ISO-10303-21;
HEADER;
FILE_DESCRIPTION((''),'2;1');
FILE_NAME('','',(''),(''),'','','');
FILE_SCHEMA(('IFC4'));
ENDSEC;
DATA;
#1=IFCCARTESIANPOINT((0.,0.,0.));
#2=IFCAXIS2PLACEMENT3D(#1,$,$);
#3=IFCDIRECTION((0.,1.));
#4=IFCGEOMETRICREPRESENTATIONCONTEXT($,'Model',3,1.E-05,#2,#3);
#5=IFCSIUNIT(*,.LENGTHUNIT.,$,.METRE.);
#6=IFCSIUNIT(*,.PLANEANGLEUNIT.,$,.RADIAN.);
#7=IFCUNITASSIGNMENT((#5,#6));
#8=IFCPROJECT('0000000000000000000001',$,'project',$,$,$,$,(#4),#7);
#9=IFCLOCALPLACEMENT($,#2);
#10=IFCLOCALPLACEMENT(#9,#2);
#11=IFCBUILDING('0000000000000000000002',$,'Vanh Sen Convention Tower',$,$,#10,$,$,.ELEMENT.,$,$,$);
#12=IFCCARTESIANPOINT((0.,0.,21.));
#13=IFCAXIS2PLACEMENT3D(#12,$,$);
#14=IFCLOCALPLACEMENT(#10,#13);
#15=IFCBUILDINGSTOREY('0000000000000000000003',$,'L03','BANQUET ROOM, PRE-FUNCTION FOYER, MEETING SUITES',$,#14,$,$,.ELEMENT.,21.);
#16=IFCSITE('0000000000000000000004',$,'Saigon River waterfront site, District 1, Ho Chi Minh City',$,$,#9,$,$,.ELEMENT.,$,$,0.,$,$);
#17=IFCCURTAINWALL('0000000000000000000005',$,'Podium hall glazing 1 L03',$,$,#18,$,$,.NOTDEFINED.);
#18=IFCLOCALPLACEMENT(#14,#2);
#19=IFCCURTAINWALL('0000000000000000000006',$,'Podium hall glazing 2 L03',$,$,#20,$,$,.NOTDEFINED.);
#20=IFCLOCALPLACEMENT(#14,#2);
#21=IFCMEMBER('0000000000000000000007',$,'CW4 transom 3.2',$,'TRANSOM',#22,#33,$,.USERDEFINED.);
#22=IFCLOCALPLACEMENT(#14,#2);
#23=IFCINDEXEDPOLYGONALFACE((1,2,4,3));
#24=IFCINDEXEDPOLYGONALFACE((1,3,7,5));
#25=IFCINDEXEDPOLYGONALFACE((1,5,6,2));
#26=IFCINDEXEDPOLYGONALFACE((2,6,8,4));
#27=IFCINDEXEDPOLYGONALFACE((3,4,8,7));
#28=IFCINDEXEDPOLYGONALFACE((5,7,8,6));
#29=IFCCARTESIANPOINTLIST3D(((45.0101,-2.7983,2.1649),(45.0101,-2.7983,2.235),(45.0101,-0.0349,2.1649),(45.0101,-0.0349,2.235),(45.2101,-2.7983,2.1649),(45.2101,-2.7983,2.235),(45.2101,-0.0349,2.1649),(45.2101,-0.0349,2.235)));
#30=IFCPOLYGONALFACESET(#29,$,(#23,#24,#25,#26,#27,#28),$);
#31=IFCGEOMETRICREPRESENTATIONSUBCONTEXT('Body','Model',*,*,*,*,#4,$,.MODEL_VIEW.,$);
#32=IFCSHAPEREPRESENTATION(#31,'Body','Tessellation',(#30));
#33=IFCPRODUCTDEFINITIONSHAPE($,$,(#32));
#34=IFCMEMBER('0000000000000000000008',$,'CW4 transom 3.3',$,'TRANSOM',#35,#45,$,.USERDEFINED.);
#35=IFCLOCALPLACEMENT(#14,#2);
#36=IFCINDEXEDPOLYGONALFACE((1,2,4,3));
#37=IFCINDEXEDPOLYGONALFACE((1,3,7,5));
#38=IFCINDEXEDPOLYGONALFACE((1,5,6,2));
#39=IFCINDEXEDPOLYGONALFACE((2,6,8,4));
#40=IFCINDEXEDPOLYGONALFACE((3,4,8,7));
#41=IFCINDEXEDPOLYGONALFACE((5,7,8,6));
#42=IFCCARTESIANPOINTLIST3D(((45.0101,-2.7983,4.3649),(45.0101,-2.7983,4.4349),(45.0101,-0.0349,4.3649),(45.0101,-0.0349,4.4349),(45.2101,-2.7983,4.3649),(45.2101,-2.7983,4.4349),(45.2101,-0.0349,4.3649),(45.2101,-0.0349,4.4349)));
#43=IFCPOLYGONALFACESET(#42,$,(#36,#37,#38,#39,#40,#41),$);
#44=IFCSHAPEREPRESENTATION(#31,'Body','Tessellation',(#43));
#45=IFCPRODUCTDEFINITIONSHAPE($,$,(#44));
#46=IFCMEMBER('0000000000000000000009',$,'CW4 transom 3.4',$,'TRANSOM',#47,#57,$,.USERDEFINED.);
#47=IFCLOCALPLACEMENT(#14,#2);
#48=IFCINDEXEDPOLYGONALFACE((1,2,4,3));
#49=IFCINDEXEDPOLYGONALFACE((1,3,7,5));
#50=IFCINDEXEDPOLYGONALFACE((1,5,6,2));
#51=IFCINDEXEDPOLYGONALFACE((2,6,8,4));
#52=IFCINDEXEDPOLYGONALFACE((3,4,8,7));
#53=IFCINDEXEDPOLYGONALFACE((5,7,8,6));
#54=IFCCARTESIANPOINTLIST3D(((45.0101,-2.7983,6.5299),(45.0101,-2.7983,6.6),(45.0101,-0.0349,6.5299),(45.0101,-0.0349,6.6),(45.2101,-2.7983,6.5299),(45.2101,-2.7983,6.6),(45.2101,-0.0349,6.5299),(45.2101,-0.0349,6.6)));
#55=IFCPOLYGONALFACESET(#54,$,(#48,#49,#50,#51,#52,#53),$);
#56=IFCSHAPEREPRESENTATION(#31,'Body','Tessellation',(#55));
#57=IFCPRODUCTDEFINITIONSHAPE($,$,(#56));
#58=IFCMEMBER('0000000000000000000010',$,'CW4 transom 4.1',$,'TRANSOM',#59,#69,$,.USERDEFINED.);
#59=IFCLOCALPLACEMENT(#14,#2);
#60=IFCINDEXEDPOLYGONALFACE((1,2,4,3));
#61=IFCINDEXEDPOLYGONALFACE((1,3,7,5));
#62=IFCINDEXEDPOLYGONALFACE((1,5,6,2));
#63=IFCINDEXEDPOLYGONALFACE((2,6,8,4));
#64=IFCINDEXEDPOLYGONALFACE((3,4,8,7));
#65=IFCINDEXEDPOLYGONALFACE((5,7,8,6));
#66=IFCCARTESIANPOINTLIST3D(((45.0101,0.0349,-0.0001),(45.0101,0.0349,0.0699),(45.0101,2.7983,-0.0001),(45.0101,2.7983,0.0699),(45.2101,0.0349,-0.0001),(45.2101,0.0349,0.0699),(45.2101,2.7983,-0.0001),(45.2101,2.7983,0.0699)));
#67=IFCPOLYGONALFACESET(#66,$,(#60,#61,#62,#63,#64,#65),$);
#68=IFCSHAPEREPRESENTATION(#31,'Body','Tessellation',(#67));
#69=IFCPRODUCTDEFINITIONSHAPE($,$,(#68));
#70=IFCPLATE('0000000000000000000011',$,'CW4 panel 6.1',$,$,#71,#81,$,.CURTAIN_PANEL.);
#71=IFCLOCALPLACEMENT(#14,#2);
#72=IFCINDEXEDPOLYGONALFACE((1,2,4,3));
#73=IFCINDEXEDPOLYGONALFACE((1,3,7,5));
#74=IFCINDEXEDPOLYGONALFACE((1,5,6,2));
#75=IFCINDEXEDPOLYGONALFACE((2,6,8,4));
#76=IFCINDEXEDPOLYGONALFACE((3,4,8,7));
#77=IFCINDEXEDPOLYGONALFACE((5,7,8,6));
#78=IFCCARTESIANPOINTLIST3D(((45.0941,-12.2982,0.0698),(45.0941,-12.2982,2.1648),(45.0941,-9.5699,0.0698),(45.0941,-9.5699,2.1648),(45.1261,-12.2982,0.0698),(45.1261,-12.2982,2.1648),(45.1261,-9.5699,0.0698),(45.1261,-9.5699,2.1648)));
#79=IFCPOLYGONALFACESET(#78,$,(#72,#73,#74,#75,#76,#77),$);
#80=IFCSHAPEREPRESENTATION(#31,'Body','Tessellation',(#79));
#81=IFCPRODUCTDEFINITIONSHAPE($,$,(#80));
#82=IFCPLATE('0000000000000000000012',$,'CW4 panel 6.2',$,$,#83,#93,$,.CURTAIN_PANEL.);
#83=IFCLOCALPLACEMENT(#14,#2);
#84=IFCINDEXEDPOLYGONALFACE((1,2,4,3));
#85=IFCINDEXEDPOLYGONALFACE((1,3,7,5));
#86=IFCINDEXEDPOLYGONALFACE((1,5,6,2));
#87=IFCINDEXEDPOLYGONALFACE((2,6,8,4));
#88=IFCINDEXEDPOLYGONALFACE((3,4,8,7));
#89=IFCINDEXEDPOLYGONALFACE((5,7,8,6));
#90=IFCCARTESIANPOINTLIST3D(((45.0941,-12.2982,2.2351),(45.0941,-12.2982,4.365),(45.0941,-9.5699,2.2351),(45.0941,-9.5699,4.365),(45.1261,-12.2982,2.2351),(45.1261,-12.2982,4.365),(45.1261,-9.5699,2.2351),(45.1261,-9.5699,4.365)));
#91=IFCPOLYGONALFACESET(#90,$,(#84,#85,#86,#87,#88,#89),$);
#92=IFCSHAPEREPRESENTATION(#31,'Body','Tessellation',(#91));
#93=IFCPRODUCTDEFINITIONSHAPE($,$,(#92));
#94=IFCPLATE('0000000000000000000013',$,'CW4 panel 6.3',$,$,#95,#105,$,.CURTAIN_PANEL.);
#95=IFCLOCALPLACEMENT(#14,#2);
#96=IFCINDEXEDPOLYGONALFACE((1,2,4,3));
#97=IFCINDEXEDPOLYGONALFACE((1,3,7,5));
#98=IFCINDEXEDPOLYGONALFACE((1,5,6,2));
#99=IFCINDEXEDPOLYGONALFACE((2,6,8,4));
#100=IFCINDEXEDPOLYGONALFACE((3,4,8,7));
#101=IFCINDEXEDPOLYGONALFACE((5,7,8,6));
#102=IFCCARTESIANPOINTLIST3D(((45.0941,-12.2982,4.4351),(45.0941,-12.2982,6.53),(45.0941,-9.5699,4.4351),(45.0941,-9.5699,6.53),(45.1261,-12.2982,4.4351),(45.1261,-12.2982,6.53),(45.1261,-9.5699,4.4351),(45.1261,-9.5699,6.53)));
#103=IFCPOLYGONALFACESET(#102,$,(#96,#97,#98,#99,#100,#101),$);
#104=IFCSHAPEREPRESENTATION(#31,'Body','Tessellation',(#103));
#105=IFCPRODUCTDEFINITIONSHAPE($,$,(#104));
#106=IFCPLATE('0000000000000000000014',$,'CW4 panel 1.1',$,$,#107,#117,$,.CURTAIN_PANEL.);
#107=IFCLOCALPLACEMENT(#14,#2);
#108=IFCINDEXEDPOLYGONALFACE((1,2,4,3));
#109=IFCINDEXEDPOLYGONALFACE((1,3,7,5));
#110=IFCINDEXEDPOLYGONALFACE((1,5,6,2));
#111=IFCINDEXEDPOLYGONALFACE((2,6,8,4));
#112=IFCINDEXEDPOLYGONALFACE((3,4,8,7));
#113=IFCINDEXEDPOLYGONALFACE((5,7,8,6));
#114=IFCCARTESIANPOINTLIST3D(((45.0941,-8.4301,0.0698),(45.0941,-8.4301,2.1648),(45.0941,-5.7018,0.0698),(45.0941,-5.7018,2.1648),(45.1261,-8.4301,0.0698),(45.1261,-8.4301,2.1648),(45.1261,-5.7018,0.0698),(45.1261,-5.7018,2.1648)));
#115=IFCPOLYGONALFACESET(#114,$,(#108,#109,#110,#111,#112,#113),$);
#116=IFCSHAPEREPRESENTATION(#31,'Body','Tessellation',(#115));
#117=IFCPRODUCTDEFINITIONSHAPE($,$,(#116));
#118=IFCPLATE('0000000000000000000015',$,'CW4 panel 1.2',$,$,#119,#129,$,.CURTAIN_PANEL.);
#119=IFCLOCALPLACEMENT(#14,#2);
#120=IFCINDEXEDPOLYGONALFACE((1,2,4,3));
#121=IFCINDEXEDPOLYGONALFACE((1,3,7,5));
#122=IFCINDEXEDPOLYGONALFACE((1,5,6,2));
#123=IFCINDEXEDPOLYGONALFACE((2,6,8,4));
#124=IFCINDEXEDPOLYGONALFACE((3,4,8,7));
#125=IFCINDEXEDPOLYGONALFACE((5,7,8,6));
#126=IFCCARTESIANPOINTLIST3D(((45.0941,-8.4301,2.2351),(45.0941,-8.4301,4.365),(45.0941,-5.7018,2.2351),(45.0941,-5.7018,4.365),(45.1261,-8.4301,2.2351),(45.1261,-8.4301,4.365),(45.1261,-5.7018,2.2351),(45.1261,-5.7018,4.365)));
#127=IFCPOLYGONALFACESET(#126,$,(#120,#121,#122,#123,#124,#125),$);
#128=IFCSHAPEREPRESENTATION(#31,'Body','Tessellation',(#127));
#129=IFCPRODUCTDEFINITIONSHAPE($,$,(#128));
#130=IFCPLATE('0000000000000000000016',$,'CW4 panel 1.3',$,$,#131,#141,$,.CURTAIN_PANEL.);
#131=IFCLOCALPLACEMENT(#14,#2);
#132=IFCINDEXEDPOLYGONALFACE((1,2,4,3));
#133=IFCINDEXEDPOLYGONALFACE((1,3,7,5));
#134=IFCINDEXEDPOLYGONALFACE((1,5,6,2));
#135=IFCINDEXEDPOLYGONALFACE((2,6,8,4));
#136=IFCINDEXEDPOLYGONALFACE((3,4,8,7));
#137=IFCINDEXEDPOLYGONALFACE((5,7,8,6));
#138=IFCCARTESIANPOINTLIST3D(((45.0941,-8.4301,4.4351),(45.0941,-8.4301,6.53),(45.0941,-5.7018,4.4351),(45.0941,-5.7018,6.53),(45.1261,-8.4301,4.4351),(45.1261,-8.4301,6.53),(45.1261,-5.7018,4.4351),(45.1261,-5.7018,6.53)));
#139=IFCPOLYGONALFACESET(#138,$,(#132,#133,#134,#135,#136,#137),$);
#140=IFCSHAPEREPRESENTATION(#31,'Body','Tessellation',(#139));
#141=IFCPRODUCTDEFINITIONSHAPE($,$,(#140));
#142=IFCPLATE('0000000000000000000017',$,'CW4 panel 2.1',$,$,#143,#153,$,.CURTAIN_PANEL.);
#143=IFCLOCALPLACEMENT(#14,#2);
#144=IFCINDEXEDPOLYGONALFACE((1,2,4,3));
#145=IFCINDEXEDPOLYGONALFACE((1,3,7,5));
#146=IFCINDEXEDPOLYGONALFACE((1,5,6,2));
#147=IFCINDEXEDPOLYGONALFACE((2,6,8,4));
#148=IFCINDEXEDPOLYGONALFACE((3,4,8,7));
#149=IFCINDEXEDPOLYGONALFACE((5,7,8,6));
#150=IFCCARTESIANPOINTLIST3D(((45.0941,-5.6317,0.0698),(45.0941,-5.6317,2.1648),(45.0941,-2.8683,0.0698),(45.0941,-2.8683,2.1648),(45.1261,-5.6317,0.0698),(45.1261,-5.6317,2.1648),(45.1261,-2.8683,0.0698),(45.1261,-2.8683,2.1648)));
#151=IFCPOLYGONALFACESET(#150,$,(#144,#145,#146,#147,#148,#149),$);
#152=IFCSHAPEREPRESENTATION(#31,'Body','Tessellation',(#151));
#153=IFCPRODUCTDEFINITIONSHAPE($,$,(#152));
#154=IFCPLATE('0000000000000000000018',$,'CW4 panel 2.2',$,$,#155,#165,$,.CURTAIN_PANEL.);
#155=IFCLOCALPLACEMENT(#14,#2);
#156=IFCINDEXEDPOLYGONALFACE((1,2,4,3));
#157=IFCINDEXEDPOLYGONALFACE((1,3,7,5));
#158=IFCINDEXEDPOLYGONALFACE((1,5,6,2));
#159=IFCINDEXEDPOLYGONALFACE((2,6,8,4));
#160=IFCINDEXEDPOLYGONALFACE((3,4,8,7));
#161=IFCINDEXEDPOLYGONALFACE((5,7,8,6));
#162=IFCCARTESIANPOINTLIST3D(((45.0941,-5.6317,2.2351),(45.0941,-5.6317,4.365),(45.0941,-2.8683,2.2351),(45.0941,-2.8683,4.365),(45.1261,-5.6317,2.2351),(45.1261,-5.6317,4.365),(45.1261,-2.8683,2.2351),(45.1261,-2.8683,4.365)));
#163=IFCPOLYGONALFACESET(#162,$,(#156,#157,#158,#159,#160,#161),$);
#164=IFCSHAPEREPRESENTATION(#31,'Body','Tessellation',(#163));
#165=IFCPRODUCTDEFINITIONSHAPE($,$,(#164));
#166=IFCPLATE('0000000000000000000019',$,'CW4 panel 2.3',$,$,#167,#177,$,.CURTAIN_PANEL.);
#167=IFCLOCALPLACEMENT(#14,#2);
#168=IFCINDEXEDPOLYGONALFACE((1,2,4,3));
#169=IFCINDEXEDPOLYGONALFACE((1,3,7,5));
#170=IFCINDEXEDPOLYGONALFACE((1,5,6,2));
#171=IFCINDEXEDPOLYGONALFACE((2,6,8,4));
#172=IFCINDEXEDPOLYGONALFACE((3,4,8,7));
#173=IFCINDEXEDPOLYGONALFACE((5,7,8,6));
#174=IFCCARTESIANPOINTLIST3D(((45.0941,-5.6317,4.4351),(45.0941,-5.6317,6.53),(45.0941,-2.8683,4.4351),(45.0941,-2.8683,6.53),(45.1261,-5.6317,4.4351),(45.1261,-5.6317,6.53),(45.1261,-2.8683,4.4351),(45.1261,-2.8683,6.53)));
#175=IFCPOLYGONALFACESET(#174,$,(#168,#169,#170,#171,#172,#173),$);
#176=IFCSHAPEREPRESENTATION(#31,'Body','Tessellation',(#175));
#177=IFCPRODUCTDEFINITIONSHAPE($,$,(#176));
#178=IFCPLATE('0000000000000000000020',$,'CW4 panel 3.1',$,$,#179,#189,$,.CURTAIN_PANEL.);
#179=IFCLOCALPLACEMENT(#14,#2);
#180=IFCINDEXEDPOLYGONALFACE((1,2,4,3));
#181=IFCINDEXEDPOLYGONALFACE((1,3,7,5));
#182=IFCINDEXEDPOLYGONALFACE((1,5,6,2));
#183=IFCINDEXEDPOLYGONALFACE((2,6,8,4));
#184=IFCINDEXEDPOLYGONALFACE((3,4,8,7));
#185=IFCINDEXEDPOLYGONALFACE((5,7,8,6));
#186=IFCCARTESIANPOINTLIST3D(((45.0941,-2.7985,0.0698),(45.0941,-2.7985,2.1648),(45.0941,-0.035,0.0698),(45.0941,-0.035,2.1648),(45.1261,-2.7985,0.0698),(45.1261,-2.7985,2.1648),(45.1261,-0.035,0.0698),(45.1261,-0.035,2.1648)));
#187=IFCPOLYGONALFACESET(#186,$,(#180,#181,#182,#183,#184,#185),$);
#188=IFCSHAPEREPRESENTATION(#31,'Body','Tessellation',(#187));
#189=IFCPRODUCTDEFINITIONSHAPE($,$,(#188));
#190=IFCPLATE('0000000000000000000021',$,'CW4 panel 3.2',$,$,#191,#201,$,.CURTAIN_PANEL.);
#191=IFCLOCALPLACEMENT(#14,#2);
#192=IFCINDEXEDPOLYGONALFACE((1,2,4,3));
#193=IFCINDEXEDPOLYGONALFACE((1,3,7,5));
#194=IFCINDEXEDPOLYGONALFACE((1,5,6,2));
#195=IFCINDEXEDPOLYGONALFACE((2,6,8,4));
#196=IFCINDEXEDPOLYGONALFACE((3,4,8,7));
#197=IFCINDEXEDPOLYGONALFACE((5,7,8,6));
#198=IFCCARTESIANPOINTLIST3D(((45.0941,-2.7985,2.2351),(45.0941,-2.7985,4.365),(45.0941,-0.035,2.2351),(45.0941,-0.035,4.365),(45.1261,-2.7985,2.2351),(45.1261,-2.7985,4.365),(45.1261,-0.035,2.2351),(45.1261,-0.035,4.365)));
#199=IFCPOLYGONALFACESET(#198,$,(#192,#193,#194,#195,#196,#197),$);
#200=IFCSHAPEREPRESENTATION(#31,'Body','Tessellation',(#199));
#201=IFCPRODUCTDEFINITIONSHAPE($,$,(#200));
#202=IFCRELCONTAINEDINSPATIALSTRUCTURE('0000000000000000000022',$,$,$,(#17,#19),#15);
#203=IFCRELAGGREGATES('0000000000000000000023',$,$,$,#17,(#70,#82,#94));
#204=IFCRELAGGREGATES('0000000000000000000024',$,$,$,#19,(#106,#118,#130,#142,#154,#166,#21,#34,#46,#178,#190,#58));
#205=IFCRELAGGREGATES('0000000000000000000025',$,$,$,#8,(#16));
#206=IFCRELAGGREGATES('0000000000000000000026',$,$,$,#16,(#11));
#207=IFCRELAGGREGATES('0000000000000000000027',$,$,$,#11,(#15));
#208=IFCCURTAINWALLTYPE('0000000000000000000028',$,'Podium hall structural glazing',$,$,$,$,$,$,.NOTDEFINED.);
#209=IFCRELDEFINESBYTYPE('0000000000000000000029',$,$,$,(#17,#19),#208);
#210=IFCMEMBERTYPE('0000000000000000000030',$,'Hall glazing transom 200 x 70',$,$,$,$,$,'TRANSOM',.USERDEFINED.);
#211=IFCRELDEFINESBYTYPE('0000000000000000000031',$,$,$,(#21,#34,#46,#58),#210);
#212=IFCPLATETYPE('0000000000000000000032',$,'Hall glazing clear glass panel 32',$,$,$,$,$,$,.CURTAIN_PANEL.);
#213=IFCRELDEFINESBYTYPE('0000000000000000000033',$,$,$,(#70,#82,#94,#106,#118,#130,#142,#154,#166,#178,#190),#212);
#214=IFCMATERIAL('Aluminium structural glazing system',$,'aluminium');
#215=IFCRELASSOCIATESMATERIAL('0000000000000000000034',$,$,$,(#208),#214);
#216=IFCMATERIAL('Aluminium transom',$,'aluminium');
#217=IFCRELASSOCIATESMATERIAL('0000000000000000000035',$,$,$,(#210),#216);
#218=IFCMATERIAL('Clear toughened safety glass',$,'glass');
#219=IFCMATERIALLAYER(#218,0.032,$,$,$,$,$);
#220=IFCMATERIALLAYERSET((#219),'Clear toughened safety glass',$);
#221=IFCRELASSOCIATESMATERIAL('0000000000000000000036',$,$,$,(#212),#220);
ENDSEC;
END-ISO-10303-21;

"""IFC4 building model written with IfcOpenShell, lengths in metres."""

from ifc_helpers import new_model, si_unit, direction, frame, origin, origin_2d, place, context, subcontext, project, spatial, rectangle, extrude, material, layer, layer_set, material_profile, profile_set, type_object, element, aggregate, save


model = new_model("IFC4")

# Units and contexts
model_context = context("Model", 3, precision=1e-05, world=origin(), true_north=direction((0.0, 1.0)))
body_context = subcontext(model_context, "Body", "Model", "MODEL_VIEW")
ifc_project = project(units=[si_unit("LENGTHUNIT", "METRE"), si_unit("PLANEANGLEUNIT", "RADIAN")], contexts=[model_context])

# Site, building, storey
site_placement = place(None, origin())
site = spatial("IfcSite", under=ifc_project, at=site_placement, Name="Saigon River waterfront site, District 1, Ho Chi Minh City", CompositionType="ELEMENT", RefElevation=0.0)
building_placement = place(site_placement, origin())
building = spatial("IfcBuilding", under=site, at=building_placement, Name="Vanh Sen Convention Tower", CompositionType="ELEMENT")
storey_placement = place(building_placement, frame((0.0, 0.0, 21.0)))
storey = spatial("IfcBuildingStorey", under=building, at=storey_placement, Name="L03", Description="BANQUET ROOM, PRE-FUNCTION FOYER, MEETING SUITES", CompositionType="ELEMENT", Elevation=21.0)

# Curtain wall
ifc_material_1 = material(Name="Aluminium structural glazing system", Category="aluminium")
curtain_wall_type = type_object("IfcCurtainWallType", Name="Podium hall structural glazing", PredefinedType="NOTDEFINED", material=ifc_material_1)
curtain_wall_1_placement = place(storey_placement, origin())
curtain_wall_1 = element("IfcCurtainWall", 1, at=curtain_wall_1_placement, inside=storey, type_object=curtain_wall_type, Name="Podium hall glazing 1 L03", PredefinedType="NOTDEFINED")

# Curtain wall
curtain_wall_2_placement = place(storey_placement, origin())
curtain_wall_2 = element("IfcCurtainWall", 2, at=curtain_wall_2_placement, inside=storey, type_object=curtain_wall_type, Name="Podium hall glazing 2 L03", PredefinedType="NOTDEFINED")

# Members
ifc_material_2 = material(Name="Aluminium transom", Category="aluminium")
ifc_material_profile_1 = material_profile(ifc_material_2, rectangle(XDim=0.2, YDim=0.0701, at=origin_2d()), Name="Hall glazing transom 200 x 70")
ifc_profile_set_1 = profile_set([ifc_material_profile_1], Name="Aluminium transom")
member_type_1 = type_object("IfcMemberType", Name="Hall glazing transom 200 x 70", ElementType="TRANSOM", PredefinedType="USERDEFINED", material=ifc_profile_set_1)
member_1_placement = place(storey_placement, frame((45.1101, -2.7983, 2.2), z_axis=(0.0, 1.0, 0.0), x_axis=(-1.0, 0.0, 0.0)))
member_1 = element("IfcMember", 3, at=member_1_placement, type_object=member_type_1, Name="CW4 transom 3.2", ObjectType="TRANSOM", PredefinedType="USERDEFINED", context=body_context, shape_type="SweptSolid", body=[
    extrude(rectangle(XDim=0.2, YDim=0.0701, at=origin_2d()), origin(), (0.0, 0.0, 1.0), 2.7634),
])
member_2_placement = place(storey_placement, frame((45.1101, -2.7983, 4.3999), z_axis=(0.0, 1.0, 0.0), x_axis=(-1.0, 0.0, 0.0)))
member_2 = element("IfcMember", 4, at=member_2_placement, type_object=member_type_1, Name="CW4 transom 3.3", ObjectType="TRANSOM", PredefinedType="USERDEFINED", context=body_context, shape_type="SweptSolid", body=[
    extrude(rectangle(XDim=0.2, YDim=0.0701, at=origin_2d()), origin(), (0.0, 0.0, 1.0), 2.7634),
])
member_3_placement = place(storey_placement, frame((45.1101, -2.7983, 6.5649), z_axis=(0.0, 1.0, 0.0), x_axis=(-1.0, 0.0, 0.0)))
member_3 = element("IfcMember", 5, at=member_3_placement, type_object=member_type_1, Name="CW4 transom 3.4", ObjectType="TRANSOM", PredefinedType="USERDEFINED", context=body_context, shape_type="SweptSolid", body=[
    extrude(rectangle(XDim=0.2, YDim=0.0701, at=origin_2d()), origin(), (0.0, 0.0, 1.0), 2.7634),
])
member_4_placement = place(storey_placement, frame((45.1101, 0.0349, 0.0349), z_axis=(0.0, 1.0, 0.0), x_axis=(-1.0, 0.0, 0.0)))
member_4 = element("IfcMember", 6, at=member_4_placement, type_object=member_type_1, Name="CW4 transom 4.1", ObjectType="TRANSOM", PredefinedType="USERDEFINED", context=body_context, shape_type="SweptSolid", body=[
    extrude(rectangle(XDim=0.2, YDim=0.0701, at=origin_2d()), origin(), (0.0, 0.0, 1.0), 2.7634),
])

# Plates
ifc_material_3 = material(Name="Clear toughened safety glass", Category="glass")
ifc_layer = layer(ifc_material_3, 0.032)
ifc_layer_set = layer_set([ifc_layer], Name="Clear toughened safety glass")
plate_type = type_object("IfcPlateType", Name="Hall glazing clear glass panel 32", PredefinedType="CURTAIN_PANEL", material=ifc_layer_set)
plate_1_placement = place(storey_placement, frame((45.1101, -10.9341, 0.0698), z_axis=(0.0, 0.0, 1.0), x_axis=(0.0, 1.0, 0.0)))
plate_1 = element("IfcPlate", 7, at=plate_1_placement, type_object=plate_type, Name="CW4 panel 6.1", PredefinedType="CURTAIN_PANEL", context=body_context, shape_type="SweptSolid", body=[
    extrude(rectangle(XDim=2.7283, YDim=0.032, at=origin_2d()), origin(), (0.0, 0.0, 1.0), 2.095),
])
plate_2_placement = place(storey_placement, frame((45.1101, -10.9341, 2.2351), z_axis=(0.0, 0.0, 1.0), x_axis=(0.0, 1.0, 0.0)))
plate_2 = element("IfcPlate", 8, at=plate_2_placement, type_object=plate_type, Name="CW4 panel 6.2", PredefinedType="CURTAIN_PANEL", context=body_context, shape_type="SweptSolid", body=[
    extrude(rectangle(XDim=2.7283, YDim=0.032, at=origin_2d()), origin(), (0.0, 0.0, 1.0), 2.1299),
])
plate_3_placement = place(storey_placement, frame((45.1101, -10.9341, 4.4351), z_axis=(0.0, 0.0, 1.0), x_axis=(0.0, 1.0, 0.0)))
plate_3 = element("IfcPlate", 9, at=plate_3_placement, type_object=plate_type, Name="CW4 panel 6.3", PredefinedType="CURTAIN_PANEL", context=body_context, shape_type="SweptSolid", body=[
    extrude(rectangle(XDim=2.7283, YDim=0.032, at=origin_2d()), origin(), (0.0, 0.0, 1.0), 2.095),
])
aggregate(curtain_wall_1, [plate_1, plate_2, plate_3])
plate_4_placement = place(storey_placement, frame((45.1101, -7.0659, 0.0698), z_axis=(0.0, 0.0, 1.0), x_axis=(0.0, 1.0, 0.0)))
plate_4 = element("IfcPlate", 10, at=plate_4_placement, type_object=plate_type, Name="CW4 panel 1.1", PredefinedType="CURTAIN_PANEL", context=body_context, shape_type="SweptSolid", body=[
    extrude(rectangle(XDim=2.7283, YDim=0.032, at=origin_2d()), origin(), (0.0, 0.0, 1.0), 2.095),
])
plate_5_placement = place(storey_placement, frame((45.1101, -7.0659, 2.2351), z_axis=(0.0, 0.0, 1.0), x_axis=(0.0, 1.0, 0.0)))
plate_5 = element("IfcPlate", 11, at=plate_5_placement, type_object=plate_type, Name="CW4 panel 1.2", PredefinedType="CURTAIN_PANEL", context=body_context, shape_type="SweptSolid", body=[
    extrude(rectangle(XDim=2.7283, YDim=0.032, at=origin_2d()), origin(), (0.0, 0.0, 1.0), 2.1299),
])
plate_6_placement = place(storey_placement, frame((45.1101, -7.0659, 4.4351), z_axis=(0.0, 0.0, 1.0), x_axis=(0.0, 1.0, 0.0)))
plate_6 = element("IfcPlate", 12, at=plate_6_placement, type_object=plate_type, Name="CW4 panel 1.3", PredefinedType="CURTAIN_PANEL", context=body_context, shape_type="SweptSolid", body=[
    extrude(rectangle(XDim=2.7283, YDim=0.032, at=origin_2d()), origin(), (0.0, 0.0, 1.0), 2.095),
])
plate_7_placement = place(storey_placement, frame((45.1101, -4.25, 0.0698), z_axis=(0.0, 0.0, 1.0), x_axis=(0.0, 1.0, 0.0)))
plate_7 = element("IfcPlate", 13, at=plate_7_placement, type_object=plate_type, Name="CW4 panel 2.1", PredefinedType="CURTAIN_PANEL", context=body_context, shape_type="SweptSolid", body=[
    extrude(rectangle(XDim=2.7634, YDim=0.032, at=origin_2d()), origin(), (0.0, 0.0, 1.0), 2.095),
])
plate_8_placement = place(storey_placement, frame((45.1101, -4.25, 2.2351), z_axis=(0.0, 0.0, 1.0), x_axis=(0.0, 1.0, 0.0)))
plate_8 = element("IfcPlate", 14, at=plate_8_placement, type_object=plate_type, Name="CW4 panel 2.2", PredefinedType="CURTAIN_PANEL", context=body_context, shape_type="SweptSolid", body=[
    extrude(rectangle(XDim=2.7634, YDim=0.032, at=origin_2d()), origin(), (0.0, 0.0, 1.0), 2.1299),
])
plate_9_placement = place(storey_placement, frame((45.1101, -4.25, 4.4351), z_axis=(0.0, 0.0, 1.0), x_axis=(0.0, 1.0, 0.0)))
plate_9 = element("IfcPlate", 15, at=plate_9_placement, type_object=plate_type, Name="CW4 panel 2.3", PredefinedType="CURTAIN_PANEL", context=body_context, shape_type="SweptSolid", body=[
    extrude(rectangle(XDim=2.7634, YDim=0.032, at=origin_2d()), origin(), (0.0, 0.0, 1.0), 2.095),
])
plate_10_placement = place(storey_placement, frame((45.1101, -1.4167, 0.0698), z_axis=(0.0, 0.0, 1.0), x_axis=(0.0, 1.0, 0.0)))
plate_10 = element("IfcPlate", 16, at=plate_10_placement, type_object=plate_type, Name="CW4 panel 3.1", PredefinedType="CURTAIN_PANEL", context=body_context, shape_type="SweptSolid", body=[
    extrude(rectangle(XDim=2.7634, YDim=0.032, at=origin_2d()), origin(), (0.0, 0.0, 1.0), 2.095),
])
plate_11_placement = place(storey_placement, frame((45.1101, -1.4167, 2.2351), z_axis=(0.0, 0.0, 1.0), x_axis=(0.0, 1.0, 0.0)))
plate_11 = element("IfcPlate", 17, at=plate_11_placement, type_object=plate_type, Name="CW4 panel 3.2", PredefinedType="CURTAIN_PANEL", context=body_context, shape_type="SweptSolid", body=[
    extrude(rectangle(XDim=2.7634, YDim=0.032, at=origin_2d()), origin(), (0.0, 0.0, 1.0), 2.1299),
])
aggregate(curtain_wall_2, [plate_4, plate_5, plate_6, plate_7, plate_8, plate_9, member_1, member_2, member_3, plate_10, plate_11, member_4])

save(model, "model.ifc")
